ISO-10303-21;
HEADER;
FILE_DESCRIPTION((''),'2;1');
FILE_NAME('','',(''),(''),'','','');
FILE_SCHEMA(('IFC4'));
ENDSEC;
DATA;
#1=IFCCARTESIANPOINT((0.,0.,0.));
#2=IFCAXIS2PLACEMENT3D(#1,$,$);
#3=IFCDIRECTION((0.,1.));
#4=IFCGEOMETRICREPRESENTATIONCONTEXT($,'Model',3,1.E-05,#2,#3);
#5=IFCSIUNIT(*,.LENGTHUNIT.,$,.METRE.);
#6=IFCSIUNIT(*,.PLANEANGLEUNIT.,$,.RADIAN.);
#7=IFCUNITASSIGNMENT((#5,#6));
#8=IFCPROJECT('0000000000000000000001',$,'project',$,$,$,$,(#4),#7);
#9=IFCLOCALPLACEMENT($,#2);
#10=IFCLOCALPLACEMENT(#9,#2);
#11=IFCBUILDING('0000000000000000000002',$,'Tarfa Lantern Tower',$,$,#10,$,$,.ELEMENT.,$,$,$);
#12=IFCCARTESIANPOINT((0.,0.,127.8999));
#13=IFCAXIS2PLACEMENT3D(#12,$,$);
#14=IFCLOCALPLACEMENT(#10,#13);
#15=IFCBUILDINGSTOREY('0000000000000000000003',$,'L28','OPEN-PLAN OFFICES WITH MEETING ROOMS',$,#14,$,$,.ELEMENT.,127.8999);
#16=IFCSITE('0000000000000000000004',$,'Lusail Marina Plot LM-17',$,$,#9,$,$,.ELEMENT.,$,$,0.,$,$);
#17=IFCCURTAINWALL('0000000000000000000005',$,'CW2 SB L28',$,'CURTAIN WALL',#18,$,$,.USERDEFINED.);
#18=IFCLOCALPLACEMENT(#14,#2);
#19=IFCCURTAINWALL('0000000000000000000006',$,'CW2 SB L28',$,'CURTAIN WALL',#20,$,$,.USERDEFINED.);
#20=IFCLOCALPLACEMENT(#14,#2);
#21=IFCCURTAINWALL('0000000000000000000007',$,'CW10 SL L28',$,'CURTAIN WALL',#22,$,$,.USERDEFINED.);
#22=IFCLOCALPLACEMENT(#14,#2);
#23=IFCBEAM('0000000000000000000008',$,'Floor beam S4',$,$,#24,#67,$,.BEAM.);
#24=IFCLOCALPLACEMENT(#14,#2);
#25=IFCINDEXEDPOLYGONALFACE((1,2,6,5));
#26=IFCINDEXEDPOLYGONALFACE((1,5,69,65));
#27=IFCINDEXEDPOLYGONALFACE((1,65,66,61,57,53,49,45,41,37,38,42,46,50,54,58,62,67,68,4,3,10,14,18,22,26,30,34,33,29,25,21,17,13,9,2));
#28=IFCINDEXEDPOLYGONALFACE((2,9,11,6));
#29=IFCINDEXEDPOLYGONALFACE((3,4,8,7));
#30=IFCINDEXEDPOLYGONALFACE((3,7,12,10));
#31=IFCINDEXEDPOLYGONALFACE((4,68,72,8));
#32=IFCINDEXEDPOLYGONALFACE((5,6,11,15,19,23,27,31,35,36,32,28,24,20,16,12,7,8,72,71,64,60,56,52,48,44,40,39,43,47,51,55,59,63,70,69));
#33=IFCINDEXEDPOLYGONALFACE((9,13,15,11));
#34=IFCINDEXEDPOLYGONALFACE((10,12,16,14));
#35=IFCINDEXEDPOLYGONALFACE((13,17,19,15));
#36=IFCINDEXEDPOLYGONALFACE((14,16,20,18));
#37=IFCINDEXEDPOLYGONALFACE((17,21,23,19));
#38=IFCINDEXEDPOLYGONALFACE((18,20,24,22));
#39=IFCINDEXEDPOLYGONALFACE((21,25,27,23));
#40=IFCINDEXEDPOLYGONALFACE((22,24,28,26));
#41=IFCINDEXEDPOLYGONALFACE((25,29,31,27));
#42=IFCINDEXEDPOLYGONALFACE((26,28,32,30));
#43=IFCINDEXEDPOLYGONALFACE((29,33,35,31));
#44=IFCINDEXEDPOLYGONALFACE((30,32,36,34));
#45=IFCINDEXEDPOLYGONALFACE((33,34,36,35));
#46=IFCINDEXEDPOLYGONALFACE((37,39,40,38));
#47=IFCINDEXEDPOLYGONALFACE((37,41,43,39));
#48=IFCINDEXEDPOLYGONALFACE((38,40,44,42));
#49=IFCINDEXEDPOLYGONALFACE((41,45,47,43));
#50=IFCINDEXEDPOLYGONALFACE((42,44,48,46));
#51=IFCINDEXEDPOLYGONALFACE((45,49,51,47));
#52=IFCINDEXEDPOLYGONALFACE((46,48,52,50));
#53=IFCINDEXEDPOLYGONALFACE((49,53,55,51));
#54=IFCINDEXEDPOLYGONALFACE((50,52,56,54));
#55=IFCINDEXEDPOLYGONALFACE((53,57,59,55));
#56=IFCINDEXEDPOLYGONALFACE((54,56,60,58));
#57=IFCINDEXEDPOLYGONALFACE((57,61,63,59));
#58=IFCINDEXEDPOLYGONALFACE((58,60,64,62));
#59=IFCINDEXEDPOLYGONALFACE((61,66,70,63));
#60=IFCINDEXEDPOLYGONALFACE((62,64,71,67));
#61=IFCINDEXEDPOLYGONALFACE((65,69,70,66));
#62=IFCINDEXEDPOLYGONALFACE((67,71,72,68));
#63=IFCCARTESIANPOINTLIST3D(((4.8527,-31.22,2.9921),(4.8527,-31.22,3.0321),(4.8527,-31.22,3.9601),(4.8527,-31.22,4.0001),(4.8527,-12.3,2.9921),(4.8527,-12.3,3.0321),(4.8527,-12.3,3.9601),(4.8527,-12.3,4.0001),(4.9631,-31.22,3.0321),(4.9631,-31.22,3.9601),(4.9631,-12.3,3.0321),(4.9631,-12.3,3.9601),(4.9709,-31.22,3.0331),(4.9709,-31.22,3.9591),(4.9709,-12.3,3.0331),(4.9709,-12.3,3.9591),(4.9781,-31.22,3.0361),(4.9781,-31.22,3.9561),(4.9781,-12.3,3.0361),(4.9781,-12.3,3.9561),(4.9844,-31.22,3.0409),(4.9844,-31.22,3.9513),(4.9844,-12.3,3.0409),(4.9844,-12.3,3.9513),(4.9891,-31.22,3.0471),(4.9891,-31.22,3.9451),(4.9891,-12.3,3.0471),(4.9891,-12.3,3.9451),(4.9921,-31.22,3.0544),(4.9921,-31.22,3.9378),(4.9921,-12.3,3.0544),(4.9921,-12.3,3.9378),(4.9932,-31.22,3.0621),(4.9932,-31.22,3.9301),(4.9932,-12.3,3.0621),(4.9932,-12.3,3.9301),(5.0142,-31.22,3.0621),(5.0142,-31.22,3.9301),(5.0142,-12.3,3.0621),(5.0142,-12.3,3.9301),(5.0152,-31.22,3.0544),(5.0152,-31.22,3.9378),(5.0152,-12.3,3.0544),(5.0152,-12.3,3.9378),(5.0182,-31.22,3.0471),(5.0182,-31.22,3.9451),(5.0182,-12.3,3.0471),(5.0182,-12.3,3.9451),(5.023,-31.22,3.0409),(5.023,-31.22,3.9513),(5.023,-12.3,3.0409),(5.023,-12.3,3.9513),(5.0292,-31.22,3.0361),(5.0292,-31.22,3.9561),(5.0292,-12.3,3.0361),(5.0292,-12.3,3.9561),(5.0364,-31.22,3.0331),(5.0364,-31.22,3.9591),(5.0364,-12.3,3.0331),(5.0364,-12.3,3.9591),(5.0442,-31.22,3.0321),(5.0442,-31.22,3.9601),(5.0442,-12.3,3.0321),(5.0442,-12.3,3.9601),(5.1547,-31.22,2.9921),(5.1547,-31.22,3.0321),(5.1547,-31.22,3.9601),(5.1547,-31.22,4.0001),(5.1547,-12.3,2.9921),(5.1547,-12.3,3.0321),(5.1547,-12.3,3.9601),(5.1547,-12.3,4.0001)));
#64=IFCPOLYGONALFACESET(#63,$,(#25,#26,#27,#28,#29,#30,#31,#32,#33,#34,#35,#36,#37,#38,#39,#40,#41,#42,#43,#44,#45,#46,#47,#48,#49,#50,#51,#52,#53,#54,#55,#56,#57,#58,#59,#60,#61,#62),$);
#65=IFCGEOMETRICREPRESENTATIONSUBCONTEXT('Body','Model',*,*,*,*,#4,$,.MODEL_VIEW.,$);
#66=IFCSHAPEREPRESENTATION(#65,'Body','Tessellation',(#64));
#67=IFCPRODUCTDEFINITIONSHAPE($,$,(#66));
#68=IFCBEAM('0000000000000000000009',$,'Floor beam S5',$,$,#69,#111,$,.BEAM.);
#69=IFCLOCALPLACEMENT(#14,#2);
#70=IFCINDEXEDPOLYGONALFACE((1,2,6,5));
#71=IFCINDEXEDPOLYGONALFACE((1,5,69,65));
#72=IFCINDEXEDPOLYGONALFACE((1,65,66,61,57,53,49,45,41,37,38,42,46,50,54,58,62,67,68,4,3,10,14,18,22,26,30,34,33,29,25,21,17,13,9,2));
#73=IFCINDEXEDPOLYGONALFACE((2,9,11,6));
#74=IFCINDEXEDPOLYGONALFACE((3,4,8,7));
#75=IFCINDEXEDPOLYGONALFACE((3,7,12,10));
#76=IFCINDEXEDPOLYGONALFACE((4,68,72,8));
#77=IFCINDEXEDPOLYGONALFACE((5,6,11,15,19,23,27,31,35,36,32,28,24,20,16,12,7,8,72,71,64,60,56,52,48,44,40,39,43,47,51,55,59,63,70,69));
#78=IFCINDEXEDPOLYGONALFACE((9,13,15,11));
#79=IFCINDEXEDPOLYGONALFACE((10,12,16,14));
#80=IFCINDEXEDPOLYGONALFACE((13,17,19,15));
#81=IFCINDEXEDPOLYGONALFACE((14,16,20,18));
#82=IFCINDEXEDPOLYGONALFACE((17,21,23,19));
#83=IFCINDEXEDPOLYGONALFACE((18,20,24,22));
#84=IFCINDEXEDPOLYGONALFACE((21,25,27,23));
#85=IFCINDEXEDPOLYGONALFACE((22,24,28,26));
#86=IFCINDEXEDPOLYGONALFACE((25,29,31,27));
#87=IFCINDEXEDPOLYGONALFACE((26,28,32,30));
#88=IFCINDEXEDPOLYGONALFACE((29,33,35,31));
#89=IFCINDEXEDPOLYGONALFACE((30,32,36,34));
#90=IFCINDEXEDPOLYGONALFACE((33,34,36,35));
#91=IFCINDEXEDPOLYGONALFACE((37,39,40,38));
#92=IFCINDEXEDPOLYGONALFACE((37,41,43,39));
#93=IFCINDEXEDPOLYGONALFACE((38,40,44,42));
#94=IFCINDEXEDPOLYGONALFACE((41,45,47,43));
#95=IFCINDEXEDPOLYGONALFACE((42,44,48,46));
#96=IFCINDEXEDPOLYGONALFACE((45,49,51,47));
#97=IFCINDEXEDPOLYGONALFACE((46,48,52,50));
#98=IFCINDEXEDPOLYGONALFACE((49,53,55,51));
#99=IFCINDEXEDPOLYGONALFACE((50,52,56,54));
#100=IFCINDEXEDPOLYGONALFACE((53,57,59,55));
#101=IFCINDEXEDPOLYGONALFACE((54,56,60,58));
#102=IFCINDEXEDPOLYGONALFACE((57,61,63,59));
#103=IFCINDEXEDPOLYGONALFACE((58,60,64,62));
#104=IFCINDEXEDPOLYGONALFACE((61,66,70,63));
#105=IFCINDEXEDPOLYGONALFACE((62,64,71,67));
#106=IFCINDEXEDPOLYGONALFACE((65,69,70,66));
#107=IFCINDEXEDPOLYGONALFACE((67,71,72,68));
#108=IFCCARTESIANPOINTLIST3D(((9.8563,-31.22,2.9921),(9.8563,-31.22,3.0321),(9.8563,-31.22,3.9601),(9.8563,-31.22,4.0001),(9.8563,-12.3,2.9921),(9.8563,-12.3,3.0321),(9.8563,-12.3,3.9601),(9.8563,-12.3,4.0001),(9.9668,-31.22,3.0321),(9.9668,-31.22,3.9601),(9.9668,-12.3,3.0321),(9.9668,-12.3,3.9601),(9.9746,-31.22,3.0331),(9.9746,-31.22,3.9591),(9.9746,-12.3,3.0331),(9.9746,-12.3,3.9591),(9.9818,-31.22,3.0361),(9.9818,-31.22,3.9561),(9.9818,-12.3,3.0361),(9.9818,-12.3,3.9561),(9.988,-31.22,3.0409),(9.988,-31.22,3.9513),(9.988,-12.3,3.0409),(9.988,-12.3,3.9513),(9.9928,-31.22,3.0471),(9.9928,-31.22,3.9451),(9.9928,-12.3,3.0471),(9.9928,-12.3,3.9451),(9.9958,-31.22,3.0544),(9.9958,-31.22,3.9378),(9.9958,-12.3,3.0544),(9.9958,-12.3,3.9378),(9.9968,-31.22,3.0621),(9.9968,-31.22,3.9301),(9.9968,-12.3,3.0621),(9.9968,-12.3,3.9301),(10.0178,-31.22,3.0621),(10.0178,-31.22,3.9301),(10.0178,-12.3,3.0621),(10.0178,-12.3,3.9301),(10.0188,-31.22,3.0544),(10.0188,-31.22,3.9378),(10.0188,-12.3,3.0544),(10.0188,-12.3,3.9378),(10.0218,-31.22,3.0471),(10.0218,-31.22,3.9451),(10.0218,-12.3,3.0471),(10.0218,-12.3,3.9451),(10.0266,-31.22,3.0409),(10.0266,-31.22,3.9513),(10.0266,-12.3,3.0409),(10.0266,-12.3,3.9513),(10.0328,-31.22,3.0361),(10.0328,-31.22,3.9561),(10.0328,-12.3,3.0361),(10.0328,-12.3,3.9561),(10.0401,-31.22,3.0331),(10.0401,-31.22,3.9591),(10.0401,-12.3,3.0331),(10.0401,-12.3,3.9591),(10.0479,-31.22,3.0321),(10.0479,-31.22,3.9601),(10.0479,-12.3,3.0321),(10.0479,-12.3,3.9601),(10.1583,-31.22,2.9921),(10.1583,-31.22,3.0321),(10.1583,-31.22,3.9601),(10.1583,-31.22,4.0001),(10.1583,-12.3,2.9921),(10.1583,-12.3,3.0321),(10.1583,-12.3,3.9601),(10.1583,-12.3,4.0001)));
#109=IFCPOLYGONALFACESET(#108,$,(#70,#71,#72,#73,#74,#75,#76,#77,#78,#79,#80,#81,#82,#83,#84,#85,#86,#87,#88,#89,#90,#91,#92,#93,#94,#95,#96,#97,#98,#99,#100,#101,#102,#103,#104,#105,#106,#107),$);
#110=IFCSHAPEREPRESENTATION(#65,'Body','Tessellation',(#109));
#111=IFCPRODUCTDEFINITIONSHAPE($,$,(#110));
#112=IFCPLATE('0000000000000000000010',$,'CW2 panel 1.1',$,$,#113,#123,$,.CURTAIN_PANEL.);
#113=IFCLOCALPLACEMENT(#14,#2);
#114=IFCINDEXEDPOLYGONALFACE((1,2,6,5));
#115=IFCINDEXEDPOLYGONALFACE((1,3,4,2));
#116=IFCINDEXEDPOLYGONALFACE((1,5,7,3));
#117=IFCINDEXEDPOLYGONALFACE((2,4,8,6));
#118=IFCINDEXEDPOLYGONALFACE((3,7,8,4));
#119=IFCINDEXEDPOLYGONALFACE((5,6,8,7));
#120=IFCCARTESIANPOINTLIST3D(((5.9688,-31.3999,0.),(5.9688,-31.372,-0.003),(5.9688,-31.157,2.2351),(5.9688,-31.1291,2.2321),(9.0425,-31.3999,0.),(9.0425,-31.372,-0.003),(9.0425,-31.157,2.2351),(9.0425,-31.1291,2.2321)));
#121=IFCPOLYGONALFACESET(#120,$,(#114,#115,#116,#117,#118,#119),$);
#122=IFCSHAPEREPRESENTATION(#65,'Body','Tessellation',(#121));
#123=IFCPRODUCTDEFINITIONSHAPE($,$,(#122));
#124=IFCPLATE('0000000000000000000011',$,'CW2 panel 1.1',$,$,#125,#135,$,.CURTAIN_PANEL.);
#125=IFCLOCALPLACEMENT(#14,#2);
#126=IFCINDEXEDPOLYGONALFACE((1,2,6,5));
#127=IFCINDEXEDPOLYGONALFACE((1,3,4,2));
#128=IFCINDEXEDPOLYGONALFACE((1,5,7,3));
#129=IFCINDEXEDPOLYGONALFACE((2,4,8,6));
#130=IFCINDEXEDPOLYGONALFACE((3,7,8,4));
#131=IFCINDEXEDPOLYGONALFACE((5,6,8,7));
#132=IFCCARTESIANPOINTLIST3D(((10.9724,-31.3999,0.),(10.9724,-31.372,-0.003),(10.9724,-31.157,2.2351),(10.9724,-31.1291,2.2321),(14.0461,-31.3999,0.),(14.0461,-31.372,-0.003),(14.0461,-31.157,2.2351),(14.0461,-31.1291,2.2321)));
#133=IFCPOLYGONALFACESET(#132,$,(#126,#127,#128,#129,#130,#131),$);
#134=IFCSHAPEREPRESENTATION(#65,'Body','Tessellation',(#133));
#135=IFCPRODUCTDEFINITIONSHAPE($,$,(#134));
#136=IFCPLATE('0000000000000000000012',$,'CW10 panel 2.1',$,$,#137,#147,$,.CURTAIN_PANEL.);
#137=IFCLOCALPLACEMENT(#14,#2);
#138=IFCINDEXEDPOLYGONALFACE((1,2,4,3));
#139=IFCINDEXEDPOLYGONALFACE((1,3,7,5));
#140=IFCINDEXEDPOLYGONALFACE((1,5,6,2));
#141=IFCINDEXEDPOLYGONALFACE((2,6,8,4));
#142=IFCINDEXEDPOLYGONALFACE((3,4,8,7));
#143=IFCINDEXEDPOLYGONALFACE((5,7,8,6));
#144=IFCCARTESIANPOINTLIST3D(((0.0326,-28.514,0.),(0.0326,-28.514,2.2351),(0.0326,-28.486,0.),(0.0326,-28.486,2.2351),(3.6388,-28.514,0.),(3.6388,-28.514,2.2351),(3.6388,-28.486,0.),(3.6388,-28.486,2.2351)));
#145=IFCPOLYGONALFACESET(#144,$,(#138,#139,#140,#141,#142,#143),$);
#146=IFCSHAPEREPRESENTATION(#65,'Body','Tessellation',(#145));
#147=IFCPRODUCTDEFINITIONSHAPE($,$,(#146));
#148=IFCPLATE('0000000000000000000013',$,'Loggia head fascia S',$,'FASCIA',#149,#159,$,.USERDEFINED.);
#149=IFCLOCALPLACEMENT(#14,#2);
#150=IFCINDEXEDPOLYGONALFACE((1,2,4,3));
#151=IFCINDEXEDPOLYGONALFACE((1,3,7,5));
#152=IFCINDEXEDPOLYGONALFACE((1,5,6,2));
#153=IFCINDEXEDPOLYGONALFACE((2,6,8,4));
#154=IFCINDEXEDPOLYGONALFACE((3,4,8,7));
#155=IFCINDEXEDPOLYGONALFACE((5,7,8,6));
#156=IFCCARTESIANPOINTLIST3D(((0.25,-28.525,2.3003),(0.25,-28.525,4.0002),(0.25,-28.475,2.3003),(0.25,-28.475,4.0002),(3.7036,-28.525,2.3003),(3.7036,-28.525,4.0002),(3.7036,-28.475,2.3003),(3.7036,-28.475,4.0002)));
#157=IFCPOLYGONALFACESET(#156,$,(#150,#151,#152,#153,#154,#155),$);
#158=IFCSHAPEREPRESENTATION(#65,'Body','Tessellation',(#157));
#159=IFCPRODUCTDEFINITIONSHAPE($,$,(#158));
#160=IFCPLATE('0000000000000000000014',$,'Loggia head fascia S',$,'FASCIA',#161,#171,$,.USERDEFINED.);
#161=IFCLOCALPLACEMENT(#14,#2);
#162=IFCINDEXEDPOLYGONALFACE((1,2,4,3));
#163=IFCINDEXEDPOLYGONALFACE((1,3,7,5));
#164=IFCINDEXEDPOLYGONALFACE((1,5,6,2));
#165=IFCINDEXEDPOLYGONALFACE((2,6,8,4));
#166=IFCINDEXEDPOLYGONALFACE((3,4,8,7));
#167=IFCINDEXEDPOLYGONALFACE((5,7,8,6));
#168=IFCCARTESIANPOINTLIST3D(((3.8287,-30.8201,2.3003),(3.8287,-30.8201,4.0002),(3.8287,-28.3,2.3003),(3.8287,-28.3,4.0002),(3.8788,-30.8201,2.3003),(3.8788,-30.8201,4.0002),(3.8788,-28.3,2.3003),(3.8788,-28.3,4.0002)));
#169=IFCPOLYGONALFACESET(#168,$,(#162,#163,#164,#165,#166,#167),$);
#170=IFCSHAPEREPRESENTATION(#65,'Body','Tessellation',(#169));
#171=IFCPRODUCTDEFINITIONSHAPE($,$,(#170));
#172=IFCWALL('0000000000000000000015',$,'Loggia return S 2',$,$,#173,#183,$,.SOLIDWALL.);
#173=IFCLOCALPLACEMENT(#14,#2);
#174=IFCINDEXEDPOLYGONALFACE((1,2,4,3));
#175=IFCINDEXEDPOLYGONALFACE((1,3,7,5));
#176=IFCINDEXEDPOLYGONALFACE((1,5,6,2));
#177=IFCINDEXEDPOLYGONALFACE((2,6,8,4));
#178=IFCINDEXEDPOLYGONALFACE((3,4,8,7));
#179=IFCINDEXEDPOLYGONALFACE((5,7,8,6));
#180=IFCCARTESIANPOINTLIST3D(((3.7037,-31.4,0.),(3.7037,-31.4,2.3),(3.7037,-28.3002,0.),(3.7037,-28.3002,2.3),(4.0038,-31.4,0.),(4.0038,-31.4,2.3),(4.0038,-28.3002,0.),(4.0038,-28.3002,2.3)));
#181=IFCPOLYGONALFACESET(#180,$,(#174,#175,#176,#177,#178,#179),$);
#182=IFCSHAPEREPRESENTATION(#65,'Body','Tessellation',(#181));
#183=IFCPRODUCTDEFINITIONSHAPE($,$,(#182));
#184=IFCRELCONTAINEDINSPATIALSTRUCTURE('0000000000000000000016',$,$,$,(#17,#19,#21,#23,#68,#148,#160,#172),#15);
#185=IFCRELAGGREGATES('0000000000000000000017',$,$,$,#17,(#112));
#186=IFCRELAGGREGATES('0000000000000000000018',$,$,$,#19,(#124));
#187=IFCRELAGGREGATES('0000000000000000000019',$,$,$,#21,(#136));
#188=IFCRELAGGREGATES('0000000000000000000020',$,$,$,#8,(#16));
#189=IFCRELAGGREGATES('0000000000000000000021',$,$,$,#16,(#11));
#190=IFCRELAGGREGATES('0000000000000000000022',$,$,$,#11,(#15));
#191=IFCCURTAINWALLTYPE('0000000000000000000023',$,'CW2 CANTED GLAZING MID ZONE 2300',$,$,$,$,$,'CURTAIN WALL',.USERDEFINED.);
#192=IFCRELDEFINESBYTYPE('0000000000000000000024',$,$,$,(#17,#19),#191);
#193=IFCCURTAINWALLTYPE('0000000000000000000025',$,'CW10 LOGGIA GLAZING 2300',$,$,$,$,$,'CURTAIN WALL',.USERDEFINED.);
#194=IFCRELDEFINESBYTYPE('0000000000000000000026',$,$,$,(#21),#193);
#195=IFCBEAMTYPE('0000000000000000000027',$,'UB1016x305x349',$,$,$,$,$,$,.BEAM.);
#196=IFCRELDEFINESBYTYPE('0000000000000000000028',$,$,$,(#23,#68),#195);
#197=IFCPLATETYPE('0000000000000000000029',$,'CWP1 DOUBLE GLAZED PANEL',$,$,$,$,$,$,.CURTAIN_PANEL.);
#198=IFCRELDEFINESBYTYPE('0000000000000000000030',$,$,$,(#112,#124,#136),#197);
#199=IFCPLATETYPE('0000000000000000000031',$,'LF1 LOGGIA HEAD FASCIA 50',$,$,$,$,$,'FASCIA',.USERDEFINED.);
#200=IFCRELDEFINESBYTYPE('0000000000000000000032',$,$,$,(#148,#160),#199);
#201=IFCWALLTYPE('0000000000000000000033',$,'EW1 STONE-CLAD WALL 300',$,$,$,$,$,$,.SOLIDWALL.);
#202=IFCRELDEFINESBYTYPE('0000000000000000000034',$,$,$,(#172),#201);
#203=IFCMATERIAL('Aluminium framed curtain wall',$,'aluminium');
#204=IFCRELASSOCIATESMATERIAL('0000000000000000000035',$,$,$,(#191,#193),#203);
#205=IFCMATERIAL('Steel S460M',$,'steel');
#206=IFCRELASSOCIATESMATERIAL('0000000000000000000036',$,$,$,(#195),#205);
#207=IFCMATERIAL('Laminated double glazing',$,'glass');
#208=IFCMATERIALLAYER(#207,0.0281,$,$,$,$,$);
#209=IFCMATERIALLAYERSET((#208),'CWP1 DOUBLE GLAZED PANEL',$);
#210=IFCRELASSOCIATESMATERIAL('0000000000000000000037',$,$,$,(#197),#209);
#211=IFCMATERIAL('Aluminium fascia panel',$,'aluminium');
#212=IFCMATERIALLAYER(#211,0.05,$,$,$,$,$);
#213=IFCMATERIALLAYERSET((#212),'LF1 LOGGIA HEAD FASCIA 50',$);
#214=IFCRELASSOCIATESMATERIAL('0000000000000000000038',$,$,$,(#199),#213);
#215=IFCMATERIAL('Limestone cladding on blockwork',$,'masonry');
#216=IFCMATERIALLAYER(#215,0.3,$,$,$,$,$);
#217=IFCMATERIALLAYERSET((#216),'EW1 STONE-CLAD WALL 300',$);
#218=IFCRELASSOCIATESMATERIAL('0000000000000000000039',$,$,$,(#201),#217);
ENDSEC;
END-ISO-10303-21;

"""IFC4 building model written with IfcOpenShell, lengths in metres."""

from ifc_helpers import new_model, si_unit, direction, frame, frame_2d, origin, origin_2d, place, context, subcontext, project, spatial, polyline, rectangle, i_section, outline, extrude, material, layer, layer_set, material_profile, profile_set, type_object, element, aggregate, save


model = new_model("IFC4")

# Units and contexts
model_context = context("Model", 3, precision=1e-05, world=origin(), true_north=direction((0.0, 1.0)))
body_context = subcontext(model_context, "Body", "Model", "MODEL_VIEW")
ifc_project = project(units=[si_unit("LENGTHUNIT", "METRE"), si_unit("PLANEANGLEUNIT", "RADIAN")], contexts=[model_context])

# Site, building, storey
site_placement = place(None, origin())
site = spatial("IfcSite", under=ifc_project, at=site_placement, Name="Lusail Marina Plot LM-17", CompositionType="ELEMENT", RefElevation=0.0)
building_placement = place(site_placement, origin())
building = spatial("IfcBuilding", under=site, at=building_placement, Name="Tarfa Lantern Tower", CompositionType="ELEMENT")
storey_placement = place(building_placement, frame((0.0, 0.0, 127.8999)))
storey = spatial("IfcBuildingStorey", under=building, at=storey_placement, Name="L28", Description="OPEN-PLAN OFFICES WITH MEETING ROOMS", CompositionType="ELEMENT", Elevation=127.8999)

# Curtain wall
ifc_material_1 = material(Name="Aluminium framed curtain wall", Category="aluminium")
curtain_wall_type_1 = type_object("IfcCurtainWallType", Name="CW2 CANTED GLAZING MID ZONE 2300", ElementType="CURTAIN WALL", PredefinedType="USERDEFINED", material=ifc_material_1)
curtain_wall_1_placement = place(storey_placement, origin())
curtain_wall_1 = element("IfcCurtainWall", 1, at=curtain_wall_1_placement, inside=storey, type_object=curtain_wall_type_1, Name="CW2 SB L28", ObjectType="CURTAIN WALL", PredefinedType="USERDEFINED")

# Curtain walls
curtain_wall_2_placement = place(storey_placement, origin())
curtain_wall_2 = element("IfcCurtainWall", 2, at=curtain_wall_2_placement, inside=storey, type_object=curtain_wall_type_1, Name="CW2 SB L28", ObjectType="CURTAIN WALL", PredefinedType="USERDEFINED")
curtain_wall_type_2 = type_object("IfcCurtainWallType", Name="CW10 LOGGIA GLAZING 2300", ElementType="CURTAIN WALL", PredefinedType="USERDEFINED", material=ifc_material_1)
curtain_wall_3_placement = place(storey_placement, origin())
curtain_wall_3 = element("IfcCurtainWall", 3, at=curtain_wall_3_placement, inside=storey, type_object=curtain_wall_type_2, Name="CW10 SL L28", ObjectType="CURTAIN WALL", PredefinedType="USERDEFINED")

# Beams
ifc_material_2 = material(Name="Steel S460M", Category="steel")
ifc_material_profile_1 = material_profile(ifc_material_2, i_section(OverallWidth=0.302, OverallDepth=1.0081, WebThickness=0.021, FlangeThickness=0.04, FilletRadius=0.03, at=origin_2d()), Name="UB1016x305x349")
ifc_profile_set_1 = profile_set([ifc_material_profile_1], Name="Steel S460M")
beam_type_1 = type_object("IfcBeamType", Name="UB1016x305x349", PredefinedType="BEAM", material=ifc_profile_set_1)
for number, where, z_axis, x_axis, name in (
    (4, (5.0037, -31.22, 3.4961), (0.0, 1.0, 0.0), (-1.0, 0.0, 0.0), "Floor beam S4"),
    (5, (10.0073, -31.22, 3.4961), (0.0, 1.0, 0.0), (-1.0, 0.0, 0.0), "Floor beam S5"),
):
    element("IfcBeam", number, at=place(storey_placement, frame(where, z_axis=z_axis, x_axis=x_axis)), inside=storey, type_object=beam_type_1, Name=name, PredefinedType="BEAM", context=body_context, shape_type="SweptSolid", body=[
        extrude(i_section(OverallWidth=0.302, OverallDepth=1.0081, WebThickness=0.021, FlangeThickness=0.04, FilletRadius=0.03, at=origin_2d()), origin(), (0.0, 0.0, 1.0), 18.9199),
    ])

# Plates
ifc_material_3 = material(Name="Laminated double glazing", Category="glass")
ifc_layer_1 = layer(ifc_material_3, 0.0281)
ifc_layer_set_1 = layer_set([ifc_layer_1], Name="CWP1 DOUBLE GLAZED PANEL")
plate_type_1 = type_object("IfcPlateType", Name="CWP1 DOUBLE GLAZED PANEL", PredefinedType="CURTAIN_PANEL", material=ifc_layer_set_1)
plate_1_placement = place(storey_placement, frame((5.9688, -31.3999, 0.0), z_axis=(0.0, -0.994146, 0.108048), x_axis=(1.0, 0.0, 0.0)))
plate_1 = element("IfcPlate", 6, at=plate_1_placement, type_object=plate_type_1, Name="CW2 panel 1.1", PredefinedType="CURTAIN_PANEL", context=body_context, shape_type="SweptSolid", body=[
    extrude(outline(polyline([(0.0, 0.0), (3.0737, 0.0), (3.0737, 2.2483), (0.0, 2.2483), (0.0, 0.0)])), origin(), (0.0, 0.0, -1.0), 0.0281),
])
aggregate(curtain_wall_1, [plate_1])
plate_2_placement = place(storey_placement, frame((10.9724, -31.3999, 0.0), z_axis=(0.0, -0.994146, 0.108048), x_axis=(1.0, 0.0, 0.0)))
plate_2 = element("IfcPlate", 7, at=plate_2_placement, type_object=plate_type_1, Name="CW2 panel 1.1", PredefinedType="CURTAIN_PANEL", context=body_context, shape_type="SweptSolid", body=[
    extrude(outline(polyline([(0.0, 0.0), (3.0737, 0.0), (3.0737, 2.2483), (0.0, 2.2483), (0.0, 0.0)])), origin(), (0.0, 0.0, -1.0), 0.0281),
])
aggregate(curtain_wall_2, [plate_2])
plate_3_placement = place(storey_placement, frame((1.8357, -28.5, 0.0), z_axis=(0.0, 0.0, 1.0), x_axis=(1.0, 0.0, 0.0)))
plate_3 = element("IfcPlate", 8, at=plate_3_placement, type_object=plate_type_1, Name="CW10 panel 2.1", PredefinedType="CURTAIN_PANEL", context=body_context, shape_type="SweptSolid", body=[
    extrude(rectangle(XDim=3.6062, YDim=0.0281, at=origin_2d()), origin(), (0.0, 0.0, 1.0), 2.2351),
])
aggregate(curtain_wall_3, [plate_3])

# Plates
ifc_material_4 = material(Name="Aluminium fascia panel", Category="aluminium")
ifc_layer_2 = layer(ifc_material_4, 0.05)
ifc_layer_set_2 = layer_set([ifc_layer_2], Name="LF1 LOGGIA HEAD FASCIA 50")
plate_type_2 = type_object("IfcPlateType", Name="LF1 LOGGIA HEAD FASCIA 50", ElementType="FASCIA", PredefinedType="USERDEFINED", material=ifc_layer_set_2)
plate_4_placement = place(storey_placement, frame((1.9768, -28.5, 2.3003), z_axis=(0.0, 0.0, 1.0), x_axis=(1.0, 0.0, 0.0)))
element("IfcPlate", 9, at=plate_4_placement, inside=storey, type_object=plate_type_2, Name="Loggia head fascia S", ObjectType="FASCIA", PredefinedType="USERDEFINED", context=body_context, shape_type="SweptSolid", body=[
    extrude(rectangle(XDim=3.4536, YDim=0.05, at=origin_2d()), origin(), (0.0, 0.0, 1.0), 1.7),
])
plate_5_placement = place(storey_placement, frame((3.8538, -29.5601, 2.3003), z_axis=(0.0, 0.0, 1.0), x_axis=(0.0, 1.0, 0.0)))
element("IfcPlate", 10, at=plate_5_placement, inside=storey, type_object=plate_type_2, Name="Loggia head fascia S", ObjectType="FASCIA", PredefinedType="USERDEFINED", context=body_context, shape_type="SweptSolid", body=[
    extrude(rectangle(XDim=2.52, YDim=0.05, at=origin_2d()), origin(), (0.0, 0.0, 1.0), 1.7),
])

# Wall
ifc_material_5 = material(Name="Limestone cladding on blockwork", Category="masonry")
ifc_layer_3 = layer(ifc_material_5, 0.3)
ifc_layer_set_3 = layer_set([ifc_layer_3], Name="EW1 STONE-CLAD WALL 300")
wall_type_1 = type_object("IfcWallType", Name="EW1 STONE-CLAD WALL 300", PredefinedType="SOLIDWALL", material=ifc_layer_set_3)
wall_1_placement = place(storey_placement, frame((3.8538, -31.3999, 0.0), z_axis=(0.0, 0.0, 1.0), x_axis=(0.0, 1.0, 0.0)))
element("IfcWall", 11, at=wall_1_placement, inside=storey, type_object=wall_type_1, Name="Loggia return S 2", PredefinedType="SOLIDWALL", context=body_context, shape_type="SweptSolid", body=[
    extrude(rectangle(XDim=3.0999, YDim=0.3, at=frame_2d((1.5498, 0.0))), origin(), (0.0, 0.0, 1.0), 2.3),
])

save(model, "model.ifc")
